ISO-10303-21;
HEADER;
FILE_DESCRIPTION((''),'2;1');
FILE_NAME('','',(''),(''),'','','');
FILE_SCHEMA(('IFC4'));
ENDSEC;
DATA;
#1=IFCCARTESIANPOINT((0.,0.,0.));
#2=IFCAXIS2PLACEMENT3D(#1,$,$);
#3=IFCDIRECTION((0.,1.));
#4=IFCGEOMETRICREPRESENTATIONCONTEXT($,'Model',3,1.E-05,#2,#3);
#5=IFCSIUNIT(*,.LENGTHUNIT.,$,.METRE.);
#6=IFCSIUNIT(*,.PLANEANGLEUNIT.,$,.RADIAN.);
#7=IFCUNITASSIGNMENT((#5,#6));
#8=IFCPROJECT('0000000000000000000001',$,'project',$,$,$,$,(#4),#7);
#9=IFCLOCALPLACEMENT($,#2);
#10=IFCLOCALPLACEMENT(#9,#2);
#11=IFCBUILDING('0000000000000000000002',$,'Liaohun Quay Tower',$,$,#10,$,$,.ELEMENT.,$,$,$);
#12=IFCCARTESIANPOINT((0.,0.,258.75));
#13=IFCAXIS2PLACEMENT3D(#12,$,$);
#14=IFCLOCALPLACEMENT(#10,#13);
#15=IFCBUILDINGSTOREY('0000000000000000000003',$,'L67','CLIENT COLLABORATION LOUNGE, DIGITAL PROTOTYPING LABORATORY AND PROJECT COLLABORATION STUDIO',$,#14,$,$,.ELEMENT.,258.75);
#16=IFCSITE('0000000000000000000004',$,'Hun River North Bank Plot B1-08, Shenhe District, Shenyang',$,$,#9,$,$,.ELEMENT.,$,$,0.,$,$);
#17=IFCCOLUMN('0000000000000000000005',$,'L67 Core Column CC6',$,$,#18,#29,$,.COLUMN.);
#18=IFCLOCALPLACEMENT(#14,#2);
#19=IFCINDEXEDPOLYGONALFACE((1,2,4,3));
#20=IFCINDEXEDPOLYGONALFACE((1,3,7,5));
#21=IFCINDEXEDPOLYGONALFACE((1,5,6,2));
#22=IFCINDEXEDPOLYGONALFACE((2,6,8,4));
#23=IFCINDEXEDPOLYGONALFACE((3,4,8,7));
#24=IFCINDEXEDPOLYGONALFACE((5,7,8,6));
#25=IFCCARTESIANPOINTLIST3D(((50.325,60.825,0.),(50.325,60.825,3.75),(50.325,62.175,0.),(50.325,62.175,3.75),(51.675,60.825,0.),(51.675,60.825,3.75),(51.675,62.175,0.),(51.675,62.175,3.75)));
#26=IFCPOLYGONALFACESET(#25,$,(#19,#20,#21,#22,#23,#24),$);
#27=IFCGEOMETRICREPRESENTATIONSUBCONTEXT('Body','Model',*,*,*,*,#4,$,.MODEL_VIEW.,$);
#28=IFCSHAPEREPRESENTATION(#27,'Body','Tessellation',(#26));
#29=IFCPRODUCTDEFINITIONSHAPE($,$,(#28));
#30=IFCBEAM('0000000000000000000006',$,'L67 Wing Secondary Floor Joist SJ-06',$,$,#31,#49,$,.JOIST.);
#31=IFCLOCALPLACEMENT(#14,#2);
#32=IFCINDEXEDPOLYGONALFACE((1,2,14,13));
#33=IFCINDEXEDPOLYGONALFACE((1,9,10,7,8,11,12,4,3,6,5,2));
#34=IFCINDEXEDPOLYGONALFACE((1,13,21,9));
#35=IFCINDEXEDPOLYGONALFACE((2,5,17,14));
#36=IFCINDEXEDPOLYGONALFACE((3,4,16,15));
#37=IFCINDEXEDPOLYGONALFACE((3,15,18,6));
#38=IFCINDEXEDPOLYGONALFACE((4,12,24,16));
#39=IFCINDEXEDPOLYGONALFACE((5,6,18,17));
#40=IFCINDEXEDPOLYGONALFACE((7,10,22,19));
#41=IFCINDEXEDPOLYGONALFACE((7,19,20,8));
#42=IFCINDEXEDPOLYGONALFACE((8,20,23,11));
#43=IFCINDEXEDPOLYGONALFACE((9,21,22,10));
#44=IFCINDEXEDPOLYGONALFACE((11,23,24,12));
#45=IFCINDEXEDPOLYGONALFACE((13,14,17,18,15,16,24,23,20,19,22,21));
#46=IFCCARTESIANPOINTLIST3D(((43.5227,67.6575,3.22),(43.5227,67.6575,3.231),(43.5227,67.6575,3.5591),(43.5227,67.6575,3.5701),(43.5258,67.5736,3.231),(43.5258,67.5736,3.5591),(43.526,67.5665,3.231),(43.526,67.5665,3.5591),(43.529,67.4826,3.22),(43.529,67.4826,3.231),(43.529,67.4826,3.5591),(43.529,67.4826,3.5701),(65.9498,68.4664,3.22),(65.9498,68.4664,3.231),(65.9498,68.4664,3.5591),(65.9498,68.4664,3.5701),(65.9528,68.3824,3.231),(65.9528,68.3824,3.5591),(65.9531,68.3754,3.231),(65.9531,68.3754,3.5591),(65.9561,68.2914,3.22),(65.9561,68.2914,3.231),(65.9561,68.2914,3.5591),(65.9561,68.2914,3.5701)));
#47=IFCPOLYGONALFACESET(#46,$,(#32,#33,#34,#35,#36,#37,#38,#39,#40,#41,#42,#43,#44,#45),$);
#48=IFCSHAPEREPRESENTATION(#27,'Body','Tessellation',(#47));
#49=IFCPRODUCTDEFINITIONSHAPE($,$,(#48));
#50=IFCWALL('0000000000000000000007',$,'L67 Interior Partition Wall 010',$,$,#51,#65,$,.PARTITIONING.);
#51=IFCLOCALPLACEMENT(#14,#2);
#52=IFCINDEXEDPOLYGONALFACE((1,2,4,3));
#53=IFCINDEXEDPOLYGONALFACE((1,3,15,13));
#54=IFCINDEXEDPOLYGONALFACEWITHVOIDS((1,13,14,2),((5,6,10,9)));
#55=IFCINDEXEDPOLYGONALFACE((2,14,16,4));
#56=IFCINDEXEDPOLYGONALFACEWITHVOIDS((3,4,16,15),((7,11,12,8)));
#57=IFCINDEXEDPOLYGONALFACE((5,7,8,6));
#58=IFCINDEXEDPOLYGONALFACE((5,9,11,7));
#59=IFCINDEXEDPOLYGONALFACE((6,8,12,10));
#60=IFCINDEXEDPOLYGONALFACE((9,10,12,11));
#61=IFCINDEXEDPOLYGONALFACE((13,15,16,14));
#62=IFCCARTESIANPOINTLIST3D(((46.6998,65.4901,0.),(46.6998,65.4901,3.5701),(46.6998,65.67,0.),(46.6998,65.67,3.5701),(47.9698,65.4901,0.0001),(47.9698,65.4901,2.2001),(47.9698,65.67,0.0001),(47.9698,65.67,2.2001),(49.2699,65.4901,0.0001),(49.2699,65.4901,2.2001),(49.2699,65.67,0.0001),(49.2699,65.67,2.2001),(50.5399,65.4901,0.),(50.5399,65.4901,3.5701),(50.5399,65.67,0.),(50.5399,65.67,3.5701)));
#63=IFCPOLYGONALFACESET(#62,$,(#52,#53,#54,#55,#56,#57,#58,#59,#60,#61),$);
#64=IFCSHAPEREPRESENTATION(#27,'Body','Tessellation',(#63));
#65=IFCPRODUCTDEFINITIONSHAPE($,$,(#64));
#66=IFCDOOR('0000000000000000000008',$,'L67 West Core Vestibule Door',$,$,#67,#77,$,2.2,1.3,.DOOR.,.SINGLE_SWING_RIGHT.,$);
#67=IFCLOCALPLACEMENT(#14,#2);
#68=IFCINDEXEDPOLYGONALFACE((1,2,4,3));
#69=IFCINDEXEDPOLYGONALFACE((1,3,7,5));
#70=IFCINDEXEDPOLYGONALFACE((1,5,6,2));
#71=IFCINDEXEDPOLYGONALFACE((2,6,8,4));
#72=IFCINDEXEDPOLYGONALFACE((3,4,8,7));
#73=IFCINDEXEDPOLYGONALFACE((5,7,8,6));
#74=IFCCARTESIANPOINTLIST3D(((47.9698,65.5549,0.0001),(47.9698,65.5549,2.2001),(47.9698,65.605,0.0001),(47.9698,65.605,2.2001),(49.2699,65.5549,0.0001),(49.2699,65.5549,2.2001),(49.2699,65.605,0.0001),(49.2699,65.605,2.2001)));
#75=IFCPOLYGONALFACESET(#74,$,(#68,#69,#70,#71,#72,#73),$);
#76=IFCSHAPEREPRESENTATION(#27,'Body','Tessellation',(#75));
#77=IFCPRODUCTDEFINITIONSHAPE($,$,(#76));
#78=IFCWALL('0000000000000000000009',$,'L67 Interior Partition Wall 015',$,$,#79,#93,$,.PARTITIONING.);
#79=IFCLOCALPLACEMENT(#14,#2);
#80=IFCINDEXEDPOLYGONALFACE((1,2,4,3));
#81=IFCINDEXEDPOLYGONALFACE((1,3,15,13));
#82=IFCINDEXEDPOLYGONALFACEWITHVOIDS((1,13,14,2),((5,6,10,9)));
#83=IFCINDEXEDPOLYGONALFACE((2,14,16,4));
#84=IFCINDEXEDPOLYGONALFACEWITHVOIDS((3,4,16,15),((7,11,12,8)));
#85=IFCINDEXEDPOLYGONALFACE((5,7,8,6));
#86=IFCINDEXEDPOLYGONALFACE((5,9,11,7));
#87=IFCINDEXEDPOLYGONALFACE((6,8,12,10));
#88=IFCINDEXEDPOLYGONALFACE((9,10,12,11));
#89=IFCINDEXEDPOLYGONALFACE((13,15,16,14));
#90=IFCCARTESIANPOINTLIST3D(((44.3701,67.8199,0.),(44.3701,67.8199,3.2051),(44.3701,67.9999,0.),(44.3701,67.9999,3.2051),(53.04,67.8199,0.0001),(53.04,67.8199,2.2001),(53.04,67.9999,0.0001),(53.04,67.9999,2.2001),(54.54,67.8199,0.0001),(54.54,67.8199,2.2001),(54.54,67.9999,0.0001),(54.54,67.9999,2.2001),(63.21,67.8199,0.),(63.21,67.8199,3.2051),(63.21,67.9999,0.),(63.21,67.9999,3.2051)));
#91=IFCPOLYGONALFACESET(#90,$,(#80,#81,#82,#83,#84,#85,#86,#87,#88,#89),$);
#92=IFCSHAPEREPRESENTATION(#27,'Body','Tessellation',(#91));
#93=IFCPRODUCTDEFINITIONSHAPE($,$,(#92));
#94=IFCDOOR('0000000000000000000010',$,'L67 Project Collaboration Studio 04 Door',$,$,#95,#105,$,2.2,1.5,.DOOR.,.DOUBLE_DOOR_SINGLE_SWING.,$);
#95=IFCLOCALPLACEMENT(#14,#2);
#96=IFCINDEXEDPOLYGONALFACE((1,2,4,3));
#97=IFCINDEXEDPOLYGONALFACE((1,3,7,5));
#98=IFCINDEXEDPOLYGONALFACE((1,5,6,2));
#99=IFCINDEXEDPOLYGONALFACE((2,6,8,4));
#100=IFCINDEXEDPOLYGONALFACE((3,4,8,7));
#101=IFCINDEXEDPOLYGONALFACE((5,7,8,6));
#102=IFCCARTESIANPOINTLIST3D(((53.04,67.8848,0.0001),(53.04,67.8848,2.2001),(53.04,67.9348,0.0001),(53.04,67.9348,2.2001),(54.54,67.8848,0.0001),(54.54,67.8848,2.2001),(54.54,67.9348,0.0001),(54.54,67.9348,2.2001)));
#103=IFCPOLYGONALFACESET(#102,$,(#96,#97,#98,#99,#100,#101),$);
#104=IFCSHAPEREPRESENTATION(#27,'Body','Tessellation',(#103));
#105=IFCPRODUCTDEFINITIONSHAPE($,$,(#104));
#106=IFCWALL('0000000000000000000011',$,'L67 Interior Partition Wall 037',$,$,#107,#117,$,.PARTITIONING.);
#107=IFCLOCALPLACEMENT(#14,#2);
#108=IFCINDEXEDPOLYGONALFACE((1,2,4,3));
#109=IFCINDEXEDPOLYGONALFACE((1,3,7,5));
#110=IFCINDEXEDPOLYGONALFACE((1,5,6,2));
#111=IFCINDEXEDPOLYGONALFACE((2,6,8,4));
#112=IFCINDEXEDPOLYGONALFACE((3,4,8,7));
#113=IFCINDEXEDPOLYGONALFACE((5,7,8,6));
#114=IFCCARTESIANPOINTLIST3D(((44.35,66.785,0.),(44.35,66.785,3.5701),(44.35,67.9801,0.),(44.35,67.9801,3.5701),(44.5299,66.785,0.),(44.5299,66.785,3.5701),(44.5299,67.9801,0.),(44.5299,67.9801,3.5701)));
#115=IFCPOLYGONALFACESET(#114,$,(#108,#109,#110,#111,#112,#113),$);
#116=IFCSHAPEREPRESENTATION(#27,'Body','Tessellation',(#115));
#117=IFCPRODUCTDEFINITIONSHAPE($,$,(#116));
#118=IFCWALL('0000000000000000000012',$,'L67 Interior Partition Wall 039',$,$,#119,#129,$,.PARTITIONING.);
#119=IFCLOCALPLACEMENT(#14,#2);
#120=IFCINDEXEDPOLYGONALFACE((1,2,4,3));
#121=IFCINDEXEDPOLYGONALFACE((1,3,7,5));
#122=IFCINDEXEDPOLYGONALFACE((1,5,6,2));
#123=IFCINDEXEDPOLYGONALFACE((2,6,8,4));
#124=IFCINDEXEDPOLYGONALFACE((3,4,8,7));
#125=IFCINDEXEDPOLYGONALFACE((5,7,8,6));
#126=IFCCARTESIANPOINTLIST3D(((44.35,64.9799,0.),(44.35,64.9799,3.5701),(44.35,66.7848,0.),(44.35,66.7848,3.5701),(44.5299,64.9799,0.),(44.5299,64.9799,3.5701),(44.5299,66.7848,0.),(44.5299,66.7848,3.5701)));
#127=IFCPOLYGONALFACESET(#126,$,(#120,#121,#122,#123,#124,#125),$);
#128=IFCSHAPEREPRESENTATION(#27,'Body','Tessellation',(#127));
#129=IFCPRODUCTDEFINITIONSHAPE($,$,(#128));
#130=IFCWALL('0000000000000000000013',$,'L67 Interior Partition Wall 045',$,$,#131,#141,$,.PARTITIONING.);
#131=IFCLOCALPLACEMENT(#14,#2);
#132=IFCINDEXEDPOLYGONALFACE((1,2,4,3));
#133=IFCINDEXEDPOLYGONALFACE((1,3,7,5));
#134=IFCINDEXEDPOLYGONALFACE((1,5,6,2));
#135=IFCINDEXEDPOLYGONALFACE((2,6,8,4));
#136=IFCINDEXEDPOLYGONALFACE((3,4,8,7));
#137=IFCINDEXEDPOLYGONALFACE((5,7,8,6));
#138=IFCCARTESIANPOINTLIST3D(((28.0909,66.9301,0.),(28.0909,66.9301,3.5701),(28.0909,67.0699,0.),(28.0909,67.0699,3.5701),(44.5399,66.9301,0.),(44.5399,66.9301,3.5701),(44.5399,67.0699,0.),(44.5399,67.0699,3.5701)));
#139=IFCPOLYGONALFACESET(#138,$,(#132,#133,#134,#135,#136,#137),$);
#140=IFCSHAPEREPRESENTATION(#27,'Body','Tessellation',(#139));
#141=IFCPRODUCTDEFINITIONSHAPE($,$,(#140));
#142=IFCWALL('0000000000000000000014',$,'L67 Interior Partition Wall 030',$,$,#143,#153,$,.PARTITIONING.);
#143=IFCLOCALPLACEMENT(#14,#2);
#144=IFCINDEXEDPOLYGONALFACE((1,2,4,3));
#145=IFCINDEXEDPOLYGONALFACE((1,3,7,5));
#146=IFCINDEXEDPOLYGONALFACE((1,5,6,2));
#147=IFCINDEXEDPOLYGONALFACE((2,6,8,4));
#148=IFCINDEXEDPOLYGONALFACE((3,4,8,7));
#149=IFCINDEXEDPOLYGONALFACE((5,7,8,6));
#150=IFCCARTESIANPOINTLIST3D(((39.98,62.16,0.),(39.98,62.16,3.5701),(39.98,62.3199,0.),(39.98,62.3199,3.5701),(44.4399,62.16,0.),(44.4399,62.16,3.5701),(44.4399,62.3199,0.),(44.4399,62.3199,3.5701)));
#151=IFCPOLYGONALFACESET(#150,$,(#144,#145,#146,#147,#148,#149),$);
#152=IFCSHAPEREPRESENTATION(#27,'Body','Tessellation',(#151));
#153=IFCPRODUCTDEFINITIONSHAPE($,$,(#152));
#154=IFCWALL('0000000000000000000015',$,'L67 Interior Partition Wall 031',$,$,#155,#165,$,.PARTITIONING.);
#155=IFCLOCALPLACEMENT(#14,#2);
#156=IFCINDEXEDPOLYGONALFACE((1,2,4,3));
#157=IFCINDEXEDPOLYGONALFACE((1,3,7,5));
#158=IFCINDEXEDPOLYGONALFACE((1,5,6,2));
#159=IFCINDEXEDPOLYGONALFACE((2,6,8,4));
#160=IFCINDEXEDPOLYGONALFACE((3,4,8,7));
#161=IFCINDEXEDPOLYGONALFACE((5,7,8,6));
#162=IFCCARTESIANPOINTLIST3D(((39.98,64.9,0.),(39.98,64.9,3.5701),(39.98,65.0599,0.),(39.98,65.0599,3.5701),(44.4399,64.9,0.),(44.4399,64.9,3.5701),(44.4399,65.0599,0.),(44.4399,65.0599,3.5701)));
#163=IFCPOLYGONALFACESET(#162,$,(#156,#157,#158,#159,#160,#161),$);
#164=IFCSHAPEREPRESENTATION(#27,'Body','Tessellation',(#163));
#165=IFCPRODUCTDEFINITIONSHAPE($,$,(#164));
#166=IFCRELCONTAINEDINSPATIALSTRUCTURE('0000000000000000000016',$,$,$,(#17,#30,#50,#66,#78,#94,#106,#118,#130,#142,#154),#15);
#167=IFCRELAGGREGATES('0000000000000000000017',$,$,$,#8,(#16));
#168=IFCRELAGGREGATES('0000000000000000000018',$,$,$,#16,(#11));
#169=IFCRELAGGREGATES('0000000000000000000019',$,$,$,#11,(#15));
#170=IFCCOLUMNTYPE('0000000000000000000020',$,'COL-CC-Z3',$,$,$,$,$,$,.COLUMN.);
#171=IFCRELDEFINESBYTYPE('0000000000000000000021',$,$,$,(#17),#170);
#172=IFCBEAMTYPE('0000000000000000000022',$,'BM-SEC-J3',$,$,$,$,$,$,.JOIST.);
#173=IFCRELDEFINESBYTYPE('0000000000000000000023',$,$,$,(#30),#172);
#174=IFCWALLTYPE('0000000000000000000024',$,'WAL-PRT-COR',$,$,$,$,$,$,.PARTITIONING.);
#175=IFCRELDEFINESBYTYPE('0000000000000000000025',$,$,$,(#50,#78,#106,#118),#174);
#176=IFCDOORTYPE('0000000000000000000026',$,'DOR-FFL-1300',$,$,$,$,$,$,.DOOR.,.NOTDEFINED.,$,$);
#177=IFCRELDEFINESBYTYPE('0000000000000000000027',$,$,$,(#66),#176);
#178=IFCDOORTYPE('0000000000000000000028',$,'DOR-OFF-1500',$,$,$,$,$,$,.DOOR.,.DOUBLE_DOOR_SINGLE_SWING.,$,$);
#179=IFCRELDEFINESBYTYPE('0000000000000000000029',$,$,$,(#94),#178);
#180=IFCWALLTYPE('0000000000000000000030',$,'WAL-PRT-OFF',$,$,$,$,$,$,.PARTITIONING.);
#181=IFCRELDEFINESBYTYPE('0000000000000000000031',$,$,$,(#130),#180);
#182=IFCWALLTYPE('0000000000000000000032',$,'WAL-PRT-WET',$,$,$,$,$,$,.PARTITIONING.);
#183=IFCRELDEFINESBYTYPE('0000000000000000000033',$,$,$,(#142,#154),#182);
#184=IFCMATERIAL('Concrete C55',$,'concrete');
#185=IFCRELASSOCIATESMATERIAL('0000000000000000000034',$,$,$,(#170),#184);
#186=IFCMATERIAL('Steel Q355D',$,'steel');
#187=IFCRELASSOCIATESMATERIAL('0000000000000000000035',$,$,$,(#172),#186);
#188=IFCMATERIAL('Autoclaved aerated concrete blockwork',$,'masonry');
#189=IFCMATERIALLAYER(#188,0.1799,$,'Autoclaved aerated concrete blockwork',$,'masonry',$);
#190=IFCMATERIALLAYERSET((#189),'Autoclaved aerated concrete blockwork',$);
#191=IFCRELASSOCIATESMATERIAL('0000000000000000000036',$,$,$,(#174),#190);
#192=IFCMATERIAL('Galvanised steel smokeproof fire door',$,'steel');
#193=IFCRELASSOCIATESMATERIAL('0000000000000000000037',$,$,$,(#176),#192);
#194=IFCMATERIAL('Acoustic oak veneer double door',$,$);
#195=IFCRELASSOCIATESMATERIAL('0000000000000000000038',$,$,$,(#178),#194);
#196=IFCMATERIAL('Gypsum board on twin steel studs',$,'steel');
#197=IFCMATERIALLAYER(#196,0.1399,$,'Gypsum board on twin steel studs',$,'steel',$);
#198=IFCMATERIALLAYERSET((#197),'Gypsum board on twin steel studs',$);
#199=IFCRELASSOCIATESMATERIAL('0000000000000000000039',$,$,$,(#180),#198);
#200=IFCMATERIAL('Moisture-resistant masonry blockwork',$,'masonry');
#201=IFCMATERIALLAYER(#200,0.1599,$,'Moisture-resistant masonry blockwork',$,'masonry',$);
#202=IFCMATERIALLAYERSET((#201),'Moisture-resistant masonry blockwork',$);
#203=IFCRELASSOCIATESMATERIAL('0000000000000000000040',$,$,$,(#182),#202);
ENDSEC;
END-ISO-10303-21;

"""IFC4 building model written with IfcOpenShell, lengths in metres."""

from ifc_helpers import new_model, si_unit, direction, frame, frame_2d, origin, origin_2d, place, context, subcontext, project, spatial, rectangle, i_section, extrude, source, transform, mapped, material, layer, layer_set, material_profile, profile_set, type_object, element, fill, save


model = new_model("IFC4")

# Units and contexts
model_context = context("Model", 3, precision=1e-05, world=origin(), true_north=direction((0.0, 1.0)))
body_context = subcontext(model_context, "Body", "Model", "MODEL_VIEW")
ifc_project = project(units=[si_unit("LENGTHUNIT", "METRE"), si_unit("PLANEANGLEUNIT", "RADIAN")], contexts=[model_context])

# Site, building, storey
site_placement = place(None, origin())
site = spatial("IfcSite", under=ifc_project, at=site_placement, Name="Hun River North Bank Plot B1-08, Shenhe District, Shenyang", CompositionType="ELEMENT", RefElevation=0.0)
building_placement = place(site_placement, origin())
building = spatial("IfcBuilding", under=site, at=building_placement, Name="Liaohun Quay Tower", CompositionType="ELEMENT")
storey_placement = place(building_placement, frame((0.0, 0.0, 258.75)))
storey = spatial("IfcBuildingStorey", under=building, at=storey_placement, Name="L67", Description="CLIENT COLLABORATION LOUNGE, DIGITAL PROTOTYPING LABORATORY AND PROJECT COLLABORATION STUDIO", CompositionType="ELEMENT", Elevation=258.75)

# Column
ifc_material_1 = material(Name="Concrete C55", Category="concrete")
ifc_material_profile_1 = material_profile(ifc_material_1, rectangle(XDim=1.3501, YDim=1.3501, at=origin_2d()), Name="RC1350x1350")
ifc_profile_set_1 = profile_set([ifc_material_profile_1], Name="Concrete C55")
column_type = type_object("IfcColumnType", Name="COL-CC-Z3", PredefinedType="COLUMN", material=ifc_profile_set_1)
shared_shape_1 = source(origin(), body_context, "Body", "SweptSolid", [
    extrude(rectangle(XDim=1.3501, YDim=1.3501, at=origin_2d()), origin(), (0.0, 0.0, 1.0), 3.75),
])
column_placement = place(storey_placement, frame((51.0, 61.5, 0.0), z_axis=(0.0, 0.0, 1.0), x_axis=(1.0, 0.0, 0.0)))
element("IfcColumn", 1, at=column_placement, inside=storey, type_object=column_type, Name="L67 Core Column CC6", PredefinedType="COLUMN", context=body_context, shape_type="MappedRepresentation", body=[
    mapped(shared_shape_1, transform((0.0, 0.0, 0.0), x_axis=(1.0, 0.0, 0.0), y_axis=(0.0, 1.0, 0.0), z_axis=(0.0, 0.0, 1.0), scale=1.0)),
])

# Beam
ifc_material_2 = material(Name="Steel Q355D", Category="steel")
ifc_material_profile_2 = material_profile(ifc_material_2, i_section(OverallWidth=0.175, OverallDepth=0.3501, WebThickness=0.0071, FlangeThickness=0.011, at=origin_2d()), Name="HN350x175x7x11")
ifc_profile_set_2 = profile_set([ifc_material_profile_2], Name="Steel Q355D")
beam_type = type_object("IfcBeamType", Name="BM-SEC-J3", PredefinedType="JOIST", material=ifc_profile_set_2)
shared_shape_2 = source(origin(), body_context, "Body", "SweptSolid", [
    extrude(i_section(OverallWidth=0.175, OverallDepth=0.3501, WebThickness=0.0071, FlangeThickness=0.011, at=origin_2d()), origin(), (0.0, 0.0, 1.0), 22.4417),
])
beam_placement = place(storey_placement, frame((43.5259, 67.5701, 3.395), z_axis=(0.99935, 0.036042, 0.0), x_axis=(-0.036042, 0.99935, 0.0)))
element("IfcBeam", 2, at=beam_placement, inside=storey, type_object=beam_type, Name="L67 Wing Secondary Floor Joist SJ-06", PredefinedType="JOIST", context=body_context, shape_type="MappedRepresentation", body=[
    mapped(shared_shape_2, transform((0.0, 0.0, 0.0), x_axis=(1.0, 0.0, 0.0), y_axis=(0.0, 1.0, 0.0), z_axis=(0.0, 0.0, 1.0), scale=1.0)),
])

# Walls, openings, doors
ifc_material_3 = material(Name="Autoclaved aerated concrete blockwork", Category="masonry")
ifc_layer_1 = layer(ifc_material_3, 0.1799, Name="Autoclaved aerated concrete blockwork", Category="masonry")
ifc_layer_set_1 = layer_set([ifc_layer_1], Name="Autoclaved aerated concrete blockwork")
wall_type_1 = type_object("IfcWallType", Name="WAL-PRT-COR", PredefinedType="PARTITIONING", material=ifc_layer_set_1)
wall_1_placement = place(storey_placement, frame((46.7, 65.5801, 0.0), z_axis=(0.0, 0.0, 1.0), x_axis=(1.0, 0.0, 0.0)))
wall_1 = element("IfcWall", 3, at=wall_1_placement, inside=storey, type_object=wall_type_1, Name="L67 Interior Partition Wall 010", PredefinedType="PARTITIONING", context=body_context, shape_type="SweptSolid", body=[
    extrude(rectangle(XDim=3.8401, YDim=0.1799, at=frame_2d((1.9199, 0.0))), origin(), (0.0, 0.0, 1.0), 3.5701),
])
shared_shape_3 = source(origin(), body_context, "Body", "SweptSolid", [
    extrude(rectangle(XDim=1.3, YDim=2.2, at=frame_2d((0.6499, 1.1001))), frame((0.0, 0.0999, 0.0), z_axis=(0.0, -1.0, 0.0), x_axis=(1.0, 0.0, 0.0)), (0.0, 0.0, 1.0), 0.2),
])
opening_1_placement = place(wall_1_placement, frame((1.27, 0.0, 0.0)))
opening_1 = element("IfcOpeningElement", 4, at=opening_1_placement, cuts=wall_1, PredefinedType="OPENING", context=body_context, shape_type="MappedRepresentation", body=[
    mapped(shared_shape_3, transform((0.0, 0.0, 0.0), x_axis=(1.0, 0.0, 0.0), y_axis=(0.0, 1.0, 0.0), z_axis=(0.0, 0.0, 1.0), scale=1.0)),
])
ifc_material_4 = material(Name="Galvanised steel smokeproof fire door", Category="steel")
door_type_1 = type_object("IfcDoorType", Name="DOR-FFL-1300", OperationType="NOTDEFINED", PredefinedType="DOOR", material=ifc_material_4)
shared_shape_4 = source(origin(), body_context, "Body", "SweptSolid", [
    extrude(rectangle(XDim=1.3, YDim=2.2, at=frame_2d((0.6499, 1.1001))), frame((0.0, 0.0249, 0.0), z_axis=(0.0, -1.0, 0.0), x_axis=(1.0, 0.0, 0.0)), (0.0, 0.0, 1.0), 0.05),
])
door_1_placement = place(opening_1_placement, origin())
door_1 = element("IfcDoor", 5, at=door_1_placement, inside=storey, type_object=door_type_1, Name="L67 West Core Vestibule Door", OperationType="SINGLE_SWING_RIGHT", OverallHeight=2.2, OverallWidth=1.3, PredefinedType="DOOR", context=body_context, shape_type="MappedRepresentation", body=[
    mapped(shared_shape_4, transform((0.0, 0.0, 0.0), x_axis=(1.0, 0.0, 0.0), y_axis=(0.0, 1.0, 0.0), z_axis=(0.0, 0.0, 1.0), scale=1.0)),
])
fill(opening_1, door_1)
wall_2_placement = place(storey_placement, frame((44.3701, 67.9099, 0.0), z_axis=(0.0, 0.0, 1.0), x_axis=(1.0, 0.0, 0.0)))
wall_2 = element("IfcWall", 6, at=wall_2_placement, inside=storey, type_object=wall_type_1, Name="L67 Interior Partition Wall 015", PredefinedType="PARTITIONING", context=body_context, shape_type="SweptSolid", body=[
    extrude(rectangle(XDim=18.8398, YDim=0.1799, at=frame_2d((9.4199, 0.0))), origin(), (0.0, 0.0, 1.0), 3.2051),
])
shared_shape_5 = source(origin(), body_context, "Body", "SweptSolid", [
    extrude(rectangle(XDim=1.5, YDim=2.2, at=frame_2d((0.75, 1.1001))), frame((0.0, 0.0999, 0.0), z_axis=(0.0, -1.0, 0.0), x_axis=(1.0, 0.0, 0.0)), (0.0, 0.0, 1.0), 0.2),
])
opening_2_placement = place(wall_2_placement, frame((8.6699, 0.0, 0.0)))
opening_2 = element("IfcOpeningElement", 7, at=opening_2_placement, cuts=wall_2, PredefinedType="OPENING", context=body_context, shape_type="MappedRepresentation", body=[
    mapped(shared_shape_5, transform((0.0, 0.0, 0.0), x_axis=(1.0, 0.0, 0.0), y_axis=(0.0, 1.0, 0.0), z_axis=(0.0, 0.0, 1.0), scale=1.0)),
])
ifc_material_5 = material(Name="Acoustic oak veneer double door")
door_type_2 = type_object("IfcDoorType", Name="DOR-OFF-1500", OperationType="DOUBLE_DOOR_SINGLE_SWING", PredefinedType="DOOR", material=ifc_material_5)
shared_shape_6 = source(origin(), body_context, "Body", "SweptSolid", [
    extrude(rectangle(XDim=1.5, YDim=2.2, at=frame_2d((0.75, 1.1001))), frame((0.0, 0.0249, 0.0), z_axis=(0.0, -1.0, 0.0), x_axis=(1.0, 0.0, 0.0)), (0.0, 0.0, 1.0), 0.05),
])
door_2_placement = place(opening_2_placement, origin())
door_2 = element("IfcDoor", 8, at=door_2_placement, inside=storey, type_object=door_type_2, Name="L67 Project Collaboration Studio 04 Door", OperationType="DOUBLE_DOOR_SINGLE_SWING", OverallHeight=2.2, OverallWidth=1.5, PredefinedType="DOOR", context=body_context, shape_type="MappedRepresentation", body=[
    mapped(shared_shape_6, transform((0.0, 0.0, 0.0), x_axis=(1.0, 0.0, 0.0), y_axis=(0.0, 1.0, 0.0), z_axis=(0.0, 0.0, 1.0), scale=1.0)),
])
fill(opening_2, door_2)

# Walls
wall_3_placement = place(storey_placement, frame((44.4399, 66.7849, 0.0), z_axis=(0.0, 0.0, 1.0), x_axis=(0.0, 1.0, 0.0)))
element("IfcWall", 9, at=wall_3_placement, inside=storey, type_object=wall_type_1, Name="L67 Interior Partition Wall 037", PredefinedType="PARTITIONING", context=body_context, shape_type="SweptSolid", body=[
    extrude(rectangle(XDim=1.1951, YDim=0.1799, at=frame_2d((0.5977, 0.0))), origin(), (0.0, 0.0, 1.0), 3.5701),
])
wall_4_placement = place(storey_placement, frame((44.4399, 64.98, 0.0), z_axis=(0.0, 0.0, 1.0), x_axis=(0.0, 1.0, 0.0)))
element("IfcWall", 10, at=wall_4_placement, inside=storey, type_object=wall_type_1, Name="L67 Interior Partition Wall 039", PredefinedType="PARTITIONING", context=body_context, shape_type="SweptSolid", body=[
    extrude(rectangle(XDim=1.8049, YDim=0.1799, at=frame_2d((0.9023, 0.0))), origin(), (0.0, 0.0, 1.0), 3.5701),
])
ifc_material_6 = material(Name="Gypsum board on twin steel studs", Category="steel")
ifc_layer_2 = layer(ifc_material_6, 0.1399, Name="Gypsum board on twin steel studs", Category="steel")
ifc_layer_set_2 = layer_set([ifc_layer_2], Name="Gypsum board on twin steel studs")
wall_type_2 = type_object("IfcWallType", Name="WAL-PRT-OFF", PredefinedType="PARTITIONING", material=ifc_layer_set_2)
wall_5_placement = place(storey_placement, frame((44.54, 67.0, 0.0), z_axis=(0.0, 0.0, 1.0), x_axis=(-1.0, 0.0, 0.0)))
element("IfcWall", 11, at=wall_5_placement, inside=storey, type_object=wall_type_2, Name="L67 Interior Partition Wall 045", PredefinedType="PARTITIONING", context=body_context, shape_type="SweptSolid", body=[
    extrude(rectangle(XDim=16.449, YDim=0.1399, at=frame_2d((8.2246, 0.0))), origin(), (0.0, 0.0, 1.0), 3.5701),
])

# Shared definitions
ifc_material_7 = material(Name="Moisture-resistant masonry blockwork", Category="masonry")
ifc_layer_3 = layer(ifc_material_7, 0.1599, Name="Moisture-resistant masonry blockwork", Category="masonry")
ifc_layer_set_3 = layer_set([ifc_layer_3], Name="Moisture-resistant masonry blockwork")
wall_type_3 = type_object("IfcWallType", Name="WAL-PRT-WET", PredefinedType="PARTITIONING", material=ifc_layer_set_3)

# Walls
for number, where, z_axis, x_axis, name in (
    (12, (39.98, 62.24, 0.0), (0.0, 0.0, 1.0), (1.0, 0.0, 0.0), "L67 Interior Partition Wall 030"),
    (13, (39.98, 64.98, 0.0), (0.0, 0.0, 1.0), (1.0, 0.0, 0.0), "L67 Interior Partition Wall 031"),
):
    element("IfcWall", number, at=place(storey_placement, frame(where, z_axis=z_axis, x_axis=x_axis)), inside=storey, type_object=wall_type_3, Name=name, PredefinedType="PARTITIONING", context=body_context, shape_type="SweptSolid", body=[
        extrude(rectangle(XDim=4.46, YDim=0.1599, at=frame_2d((2.23, 0.0))), origin(), (0.0, 0.0, 1.0), 3.5701),
    ])

save(model, "model.ifc")
